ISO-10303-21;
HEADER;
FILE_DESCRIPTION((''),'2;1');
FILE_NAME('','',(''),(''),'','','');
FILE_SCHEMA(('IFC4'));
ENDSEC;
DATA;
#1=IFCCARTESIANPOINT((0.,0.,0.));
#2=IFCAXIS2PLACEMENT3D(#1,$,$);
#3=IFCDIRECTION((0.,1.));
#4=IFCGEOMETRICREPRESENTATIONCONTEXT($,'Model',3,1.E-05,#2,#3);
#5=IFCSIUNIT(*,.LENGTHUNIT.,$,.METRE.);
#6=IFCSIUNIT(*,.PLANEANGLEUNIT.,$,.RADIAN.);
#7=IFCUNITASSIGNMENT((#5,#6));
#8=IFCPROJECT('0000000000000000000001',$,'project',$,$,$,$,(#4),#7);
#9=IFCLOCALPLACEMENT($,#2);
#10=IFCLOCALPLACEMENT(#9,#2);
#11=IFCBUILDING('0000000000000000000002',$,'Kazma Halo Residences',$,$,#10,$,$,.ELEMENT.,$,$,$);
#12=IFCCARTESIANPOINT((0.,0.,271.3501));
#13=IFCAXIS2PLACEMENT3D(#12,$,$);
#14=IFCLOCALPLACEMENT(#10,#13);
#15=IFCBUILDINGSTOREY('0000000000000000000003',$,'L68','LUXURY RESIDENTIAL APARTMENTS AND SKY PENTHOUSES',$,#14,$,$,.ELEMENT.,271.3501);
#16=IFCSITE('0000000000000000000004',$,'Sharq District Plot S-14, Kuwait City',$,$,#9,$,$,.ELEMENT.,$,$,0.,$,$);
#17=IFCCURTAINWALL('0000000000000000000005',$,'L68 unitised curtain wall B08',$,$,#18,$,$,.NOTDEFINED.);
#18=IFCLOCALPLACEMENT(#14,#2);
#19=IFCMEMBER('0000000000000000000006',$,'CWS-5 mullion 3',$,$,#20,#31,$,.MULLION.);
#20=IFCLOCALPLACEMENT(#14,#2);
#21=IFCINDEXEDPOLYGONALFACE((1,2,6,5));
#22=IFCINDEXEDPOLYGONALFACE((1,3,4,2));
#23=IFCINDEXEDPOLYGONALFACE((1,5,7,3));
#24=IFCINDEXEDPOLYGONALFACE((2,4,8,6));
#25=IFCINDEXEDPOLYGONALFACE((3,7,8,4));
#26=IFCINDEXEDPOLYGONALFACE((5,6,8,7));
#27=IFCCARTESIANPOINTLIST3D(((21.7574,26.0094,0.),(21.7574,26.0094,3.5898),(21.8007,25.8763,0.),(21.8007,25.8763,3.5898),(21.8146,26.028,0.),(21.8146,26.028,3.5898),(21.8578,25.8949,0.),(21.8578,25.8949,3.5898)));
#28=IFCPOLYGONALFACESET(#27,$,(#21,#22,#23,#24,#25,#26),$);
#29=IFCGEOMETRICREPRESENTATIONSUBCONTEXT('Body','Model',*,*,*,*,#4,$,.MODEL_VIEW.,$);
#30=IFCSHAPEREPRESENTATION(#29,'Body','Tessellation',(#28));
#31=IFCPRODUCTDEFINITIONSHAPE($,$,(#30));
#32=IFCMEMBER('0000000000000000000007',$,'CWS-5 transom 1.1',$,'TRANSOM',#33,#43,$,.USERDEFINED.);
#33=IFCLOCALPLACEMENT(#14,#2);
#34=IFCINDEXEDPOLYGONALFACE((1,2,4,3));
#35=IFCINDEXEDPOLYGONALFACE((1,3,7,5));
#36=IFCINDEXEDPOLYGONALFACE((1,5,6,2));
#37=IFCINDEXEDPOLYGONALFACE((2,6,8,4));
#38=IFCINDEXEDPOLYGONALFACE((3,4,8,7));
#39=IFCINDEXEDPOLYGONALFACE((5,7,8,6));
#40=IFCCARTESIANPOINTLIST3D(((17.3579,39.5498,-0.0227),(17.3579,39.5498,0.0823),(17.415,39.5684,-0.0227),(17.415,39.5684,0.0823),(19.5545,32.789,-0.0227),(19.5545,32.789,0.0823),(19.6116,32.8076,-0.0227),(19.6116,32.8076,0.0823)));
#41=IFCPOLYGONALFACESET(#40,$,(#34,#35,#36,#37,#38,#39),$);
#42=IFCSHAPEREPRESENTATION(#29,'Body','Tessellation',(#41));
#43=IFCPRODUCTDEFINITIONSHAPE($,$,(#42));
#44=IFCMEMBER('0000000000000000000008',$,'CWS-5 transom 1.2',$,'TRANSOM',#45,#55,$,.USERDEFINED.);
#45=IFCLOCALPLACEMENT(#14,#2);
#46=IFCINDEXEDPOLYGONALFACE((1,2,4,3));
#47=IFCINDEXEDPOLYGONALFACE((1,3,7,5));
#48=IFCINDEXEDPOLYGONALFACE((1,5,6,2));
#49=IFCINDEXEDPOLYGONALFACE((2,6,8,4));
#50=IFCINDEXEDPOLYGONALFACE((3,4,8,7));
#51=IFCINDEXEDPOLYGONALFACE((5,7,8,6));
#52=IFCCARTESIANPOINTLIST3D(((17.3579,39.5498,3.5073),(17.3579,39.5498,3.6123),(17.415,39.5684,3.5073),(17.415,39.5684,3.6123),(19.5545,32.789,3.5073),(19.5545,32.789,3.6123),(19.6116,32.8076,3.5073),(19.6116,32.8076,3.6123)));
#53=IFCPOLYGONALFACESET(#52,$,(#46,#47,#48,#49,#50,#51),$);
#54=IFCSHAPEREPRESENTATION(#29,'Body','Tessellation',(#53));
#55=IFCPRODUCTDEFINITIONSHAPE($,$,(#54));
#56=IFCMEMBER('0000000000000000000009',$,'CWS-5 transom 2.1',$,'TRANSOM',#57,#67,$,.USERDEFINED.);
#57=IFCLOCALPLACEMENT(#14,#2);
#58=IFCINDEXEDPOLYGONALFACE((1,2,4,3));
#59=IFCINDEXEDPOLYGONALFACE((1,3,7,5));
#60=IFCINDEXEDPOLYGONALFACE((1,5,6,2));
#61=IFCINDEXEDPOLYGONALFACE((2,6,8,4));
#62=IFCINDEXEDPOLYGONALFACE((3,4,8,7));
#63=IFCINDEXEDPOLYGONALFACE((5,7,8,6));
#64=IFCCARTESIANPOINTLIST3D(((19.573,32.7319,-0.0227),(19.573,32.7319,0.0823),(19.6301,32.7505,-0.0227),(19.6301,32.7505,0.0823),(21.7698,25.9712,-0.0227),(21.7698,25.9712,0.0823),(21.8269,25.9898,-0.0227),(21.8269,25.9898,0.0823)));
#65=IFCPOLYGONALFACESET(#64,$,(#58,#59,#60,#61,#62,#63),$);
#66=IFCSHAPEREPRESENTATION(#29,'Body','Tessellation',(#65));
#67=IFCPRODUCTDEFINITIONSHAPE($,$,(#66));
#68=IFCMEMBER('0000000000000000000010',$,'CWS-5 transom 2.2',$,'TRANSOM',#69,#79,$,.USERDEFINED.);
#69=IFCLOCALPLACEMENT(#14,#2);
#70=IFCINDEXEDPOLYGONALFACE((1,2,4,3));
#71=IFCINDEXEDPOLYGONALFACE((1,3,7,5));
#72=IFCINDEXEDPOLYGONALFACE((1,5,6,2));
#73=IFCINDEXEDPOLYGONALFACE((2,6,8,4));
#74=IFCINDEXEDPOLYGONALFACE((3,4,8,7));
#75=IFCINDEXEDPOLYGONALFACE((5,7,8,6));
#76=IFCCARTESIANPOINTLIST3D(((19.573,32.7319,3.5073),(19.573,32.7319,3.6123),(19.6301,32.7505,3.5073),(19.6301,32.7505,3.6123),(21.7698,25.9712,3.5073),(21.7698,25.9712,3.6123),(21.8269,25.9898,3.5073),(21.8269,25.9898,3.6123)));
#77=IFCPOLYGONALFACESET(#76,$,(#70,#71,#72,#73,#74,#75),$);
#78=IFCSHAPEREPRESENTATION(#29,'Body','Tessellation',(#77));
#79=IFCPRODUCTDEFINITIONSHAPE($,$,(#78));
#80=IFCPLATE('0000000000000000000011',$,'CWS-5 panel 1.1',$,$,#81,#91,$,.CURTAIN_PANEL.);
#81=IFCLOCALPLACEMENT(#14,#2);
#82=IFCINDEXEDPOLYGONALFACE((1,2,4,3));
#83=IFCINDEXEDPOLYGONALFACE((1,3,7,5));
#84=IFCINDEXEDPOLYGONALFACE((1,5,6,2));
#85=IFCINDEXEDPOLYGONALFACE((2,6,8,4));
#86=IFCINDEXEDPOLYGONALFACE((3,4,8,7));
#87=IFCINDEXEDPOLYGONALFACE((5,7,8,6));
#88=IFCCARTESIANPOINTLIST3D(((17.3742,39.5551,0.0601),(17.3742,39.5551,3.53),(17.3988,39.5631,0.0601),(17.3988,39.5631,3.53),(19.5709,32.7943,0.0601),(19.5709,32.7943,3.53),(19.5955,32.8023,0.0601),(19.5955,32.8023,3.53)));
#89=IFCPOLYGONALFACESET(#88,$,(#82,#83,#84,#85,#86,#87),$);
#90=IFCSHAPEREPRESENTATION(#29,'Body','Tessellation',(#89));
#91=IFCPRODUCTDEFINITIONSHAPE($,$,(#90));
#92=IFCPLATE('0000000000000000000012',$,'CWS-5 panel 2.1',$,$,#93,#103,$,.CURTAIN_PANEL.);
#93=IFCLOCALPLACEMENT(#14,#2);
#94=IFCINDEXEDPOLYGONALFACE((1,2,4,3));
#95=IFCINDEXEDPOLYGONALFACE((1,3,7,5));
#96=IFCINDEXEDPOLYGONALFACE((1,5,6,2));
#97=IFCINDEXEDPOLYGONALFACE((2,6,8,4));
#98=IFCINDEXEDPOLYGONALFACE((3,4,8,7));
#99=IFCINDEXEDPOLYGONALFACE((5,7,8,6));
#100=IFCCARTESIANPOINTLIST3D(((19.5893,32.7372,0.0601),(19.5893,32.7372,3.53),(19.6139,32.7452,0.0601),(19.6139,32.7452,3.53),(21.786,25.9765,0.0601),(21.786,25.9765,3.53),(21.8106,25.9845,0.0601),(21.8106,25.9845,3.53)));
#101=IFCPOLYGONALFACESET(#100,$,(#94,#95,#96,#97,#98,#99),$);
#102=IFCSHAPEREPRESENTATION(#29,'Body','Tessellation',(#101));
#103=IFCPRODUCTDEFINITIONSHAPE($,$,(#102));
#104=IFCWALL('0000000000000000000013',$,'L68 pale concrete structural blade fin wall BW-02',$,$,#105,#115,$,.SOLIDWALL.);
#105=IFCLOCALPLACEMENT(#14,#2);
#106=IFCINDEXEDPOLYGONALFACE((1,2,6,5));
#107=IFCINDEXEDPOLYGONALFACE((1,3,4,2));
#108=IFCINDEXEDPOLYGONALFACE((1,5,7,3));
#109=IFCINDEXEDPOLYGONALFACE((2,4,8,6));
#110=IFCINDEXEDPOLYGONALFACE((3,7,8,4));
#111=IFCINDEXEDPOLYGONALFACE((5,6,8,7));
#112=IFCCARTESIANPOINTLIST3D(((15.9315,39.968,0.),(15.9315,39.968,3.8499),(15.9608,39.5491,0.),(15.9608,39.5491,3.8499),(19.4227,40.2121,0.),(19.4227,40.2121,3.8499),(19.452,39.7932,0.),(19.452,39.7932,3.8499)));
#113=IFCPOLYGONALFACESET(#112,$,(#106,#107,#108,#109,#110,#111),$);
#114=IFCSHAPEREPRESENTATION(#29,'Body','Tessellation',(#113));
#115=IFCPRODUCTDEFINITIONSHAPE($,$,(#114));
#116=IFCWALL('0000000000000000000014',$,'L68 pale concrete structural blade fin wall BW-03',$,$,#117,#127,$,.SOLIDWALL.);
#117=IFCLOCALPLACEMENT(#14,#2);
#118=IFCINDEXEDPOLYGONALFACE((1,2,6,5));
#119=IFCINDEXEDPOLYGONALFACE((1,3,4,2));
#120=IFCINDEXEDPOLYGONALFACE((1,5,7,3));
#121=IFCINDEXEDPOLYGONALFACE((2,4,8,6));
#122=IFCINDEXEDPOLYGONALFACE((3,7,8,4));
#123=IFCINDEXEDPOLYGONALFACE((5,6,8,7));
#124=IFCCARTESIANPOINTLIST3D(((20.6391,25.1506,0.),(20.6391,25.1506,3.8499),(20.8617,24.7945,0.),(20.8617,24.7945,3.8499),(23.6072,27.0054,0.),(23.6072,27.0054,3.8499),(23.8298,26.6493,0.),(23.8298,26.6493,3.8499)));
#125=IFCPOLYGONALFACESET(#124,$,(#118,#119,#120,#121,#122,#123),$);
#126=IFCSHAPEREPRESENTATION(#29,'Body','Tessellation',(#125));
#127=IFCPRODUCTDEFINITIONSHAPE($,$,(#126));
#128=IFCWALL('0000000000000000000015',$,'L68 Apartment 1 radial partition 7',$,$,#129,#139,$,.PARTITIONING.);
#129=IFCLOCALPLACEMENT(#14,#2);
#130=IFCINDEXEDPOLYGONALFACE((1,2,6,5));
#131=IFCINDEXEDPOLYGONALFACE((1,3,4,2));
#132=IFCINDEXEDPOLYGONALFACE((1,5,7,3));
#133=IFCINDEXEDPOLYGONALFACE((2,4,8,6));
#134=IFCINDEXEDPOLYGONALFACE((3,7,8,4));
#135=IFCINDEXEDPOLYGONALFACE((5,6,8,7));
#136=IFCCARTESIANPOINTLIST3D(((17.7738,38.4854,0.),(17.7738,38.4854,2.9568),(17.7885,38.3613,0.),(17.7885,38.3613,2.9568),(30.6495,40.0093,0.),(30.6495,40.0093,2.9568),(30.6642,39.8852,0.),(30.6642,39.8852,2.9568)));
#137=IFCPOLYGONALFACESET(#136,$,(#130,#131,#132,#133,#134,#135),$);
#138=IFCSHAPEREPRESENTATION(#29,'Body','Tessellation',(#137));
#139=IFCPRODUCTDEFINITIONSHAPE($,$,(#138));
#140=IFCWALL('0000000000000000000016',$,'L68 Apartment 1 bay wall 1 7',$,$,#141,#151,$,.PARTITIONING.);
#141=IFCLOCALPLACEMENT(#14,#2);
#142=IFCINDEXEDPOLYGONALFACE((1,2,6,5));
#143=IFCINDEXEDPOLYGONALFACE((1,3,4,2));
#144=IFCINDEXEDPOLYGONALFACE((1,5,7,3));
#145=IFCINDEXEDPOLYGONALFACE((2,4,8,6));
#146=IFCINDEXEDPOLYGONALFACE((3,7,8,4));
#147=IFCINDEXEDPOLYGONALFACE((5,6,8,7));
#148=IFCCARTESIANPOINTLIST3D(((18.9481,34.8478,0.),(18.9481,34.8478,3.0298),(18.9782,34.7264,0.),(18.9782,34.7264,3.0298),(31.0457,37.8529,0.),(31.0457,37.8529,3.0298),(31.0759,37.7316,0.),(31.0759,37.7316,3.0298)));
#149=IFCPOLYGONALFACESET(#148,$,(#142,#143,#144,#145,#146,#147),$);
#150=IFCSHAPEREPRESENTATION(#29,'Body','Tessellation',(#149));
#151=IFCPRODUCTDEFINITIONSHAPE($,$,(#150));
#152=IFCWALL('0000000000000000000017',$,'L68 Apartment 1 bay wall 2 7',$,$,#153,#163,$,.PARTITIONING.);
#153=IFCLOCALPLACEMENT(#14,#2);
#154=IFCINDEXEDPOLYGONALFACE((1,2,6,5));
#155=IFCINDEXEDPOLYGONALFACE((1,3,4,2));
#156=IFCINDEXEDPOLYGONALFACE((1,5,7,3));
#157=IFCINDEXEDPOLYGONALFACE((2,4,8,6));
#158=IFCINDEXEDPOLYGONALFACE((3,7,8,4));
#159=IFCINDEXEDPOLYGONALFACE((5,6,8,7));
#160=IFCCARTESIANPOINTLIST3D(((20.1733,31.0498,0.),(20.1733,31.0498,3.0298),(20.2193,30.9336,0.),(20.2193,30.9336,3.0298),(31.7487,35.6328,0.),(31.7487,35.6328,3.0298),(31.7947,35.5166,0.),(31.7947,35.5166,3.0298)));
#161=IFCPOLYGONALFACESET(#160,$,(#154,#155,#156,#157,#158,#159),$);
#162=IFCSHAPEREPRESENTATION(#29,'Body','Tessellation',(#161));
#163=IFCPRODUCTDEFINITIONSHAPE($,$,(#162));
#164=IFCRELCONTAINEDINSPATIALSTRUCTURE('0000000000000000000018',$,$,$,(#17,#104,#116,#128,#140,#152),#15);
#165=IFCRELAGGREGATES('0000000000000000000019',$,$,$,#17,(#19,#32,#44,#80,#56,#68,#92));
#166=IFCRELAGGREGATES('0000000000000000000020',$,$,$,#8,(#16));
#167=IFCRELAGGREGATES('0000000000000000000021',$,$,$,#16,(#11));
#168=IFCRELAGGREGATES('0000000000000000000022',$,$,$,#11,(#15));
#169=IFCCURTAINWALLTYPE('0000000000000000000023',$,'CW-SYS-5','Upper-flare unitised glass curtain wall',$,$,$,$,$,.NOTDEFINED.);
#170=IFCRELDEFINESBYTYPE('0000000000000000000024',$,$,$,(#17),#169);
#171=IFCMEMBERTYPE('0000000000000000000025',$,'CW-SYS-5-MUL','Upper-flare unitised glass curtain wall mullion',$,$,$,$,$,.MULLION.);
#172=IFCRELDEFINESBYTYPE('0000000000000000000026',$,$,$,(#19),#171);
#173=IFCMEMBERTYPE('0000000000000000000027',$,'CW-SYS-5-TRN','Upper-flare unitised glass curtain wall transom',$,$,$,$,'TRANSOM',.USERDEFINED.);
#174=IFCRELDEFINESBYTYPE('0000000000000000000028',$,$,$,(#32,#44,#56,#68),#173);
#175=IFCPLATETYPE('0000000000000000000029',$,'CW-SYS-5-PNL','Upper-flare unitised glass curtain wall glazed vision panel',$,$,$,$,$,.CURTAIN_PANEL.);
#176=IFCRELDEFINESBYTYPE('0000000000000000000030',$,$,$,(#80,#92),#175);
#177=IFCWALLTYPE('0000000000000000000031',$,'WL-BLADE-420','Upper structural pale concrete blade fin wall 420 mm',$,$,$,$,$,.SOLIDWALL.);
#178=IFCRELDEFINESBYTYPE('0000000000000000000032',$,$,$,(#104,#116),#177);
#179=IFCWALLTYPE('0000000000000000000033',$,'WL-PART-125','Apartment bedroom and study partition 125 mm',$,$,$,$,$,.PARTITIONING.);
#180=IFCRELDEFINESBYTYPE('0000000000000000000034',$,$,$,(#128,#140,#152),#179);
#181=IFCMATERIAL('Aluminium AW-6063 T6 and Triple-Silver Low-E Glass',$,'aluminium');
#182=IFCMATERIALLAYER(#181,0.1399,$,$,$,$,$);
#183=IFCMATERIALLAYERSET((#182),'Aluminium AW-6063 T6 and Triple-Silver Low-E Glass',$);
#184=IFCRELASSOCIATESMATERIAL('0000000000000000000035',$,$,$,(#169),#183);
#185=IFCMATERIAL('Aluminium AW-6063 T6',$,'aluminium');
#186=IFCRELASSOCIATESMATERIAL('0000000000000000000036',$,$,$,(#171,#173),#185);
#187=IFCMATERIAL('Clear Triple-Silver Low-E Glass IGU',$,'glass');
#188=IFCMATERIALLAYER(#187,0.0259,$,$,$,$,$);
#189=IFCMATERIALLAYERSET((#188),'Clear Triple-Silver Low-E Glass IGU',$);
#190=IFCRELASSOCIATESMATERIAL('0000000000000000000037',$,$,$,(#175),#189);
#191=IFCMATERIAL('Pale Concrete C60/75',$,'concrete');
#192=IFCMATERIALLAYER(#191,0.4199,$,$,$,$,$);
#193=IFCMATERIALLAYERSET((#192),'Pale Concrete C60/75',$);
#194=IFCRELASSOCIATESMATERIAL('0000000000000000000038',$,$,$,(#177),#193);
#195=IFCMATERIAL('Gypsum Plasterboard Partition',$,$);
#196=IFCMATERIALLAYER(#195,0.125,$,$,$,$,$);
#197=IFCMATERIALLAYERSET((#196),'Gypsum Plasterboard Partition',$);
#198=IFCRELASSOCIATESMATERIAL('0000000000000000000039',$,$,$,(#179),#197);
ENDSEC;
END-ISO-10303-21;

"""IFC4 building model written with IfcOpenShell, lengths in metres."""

from ifc_helpers import new_model, si_unit, direction, frame, frame_2d, origin, origin_2d, place, context, subcontext, project, spatial, rectangle, extrude, material, layer, layer_set, material_profile, profile_set, type_object, element, aggregate, save


model = new_model("IFC4")

# Units and contexts
model_context = context("Model", 3, precision=1e-05, world=origin(), true_north=direction((0.0, 1.0)))
body_context = subcontext(model_context, "Body", "Model", "MODEL_VIEW")
ifc_project = project(units=[si_unit("LENGTHUNIT", "METRE"), si_unit("PLANEANGLEUNIT", "RADIAN")], contexts=[model_context])

# Site, building, storey
site_placement = place(None, origin())
site = spatial("IfcSite", under=ifc_project, at=site_placement, Name="Sharq District Plot S-14, Kuwait City", CompositionType="ELEMENT", RefElevation=0.0)
building_placement = place(site_placement, origin())
building = spatial("IfcBuilding", under=site, at=building_placement, Name="Kazma Halo Residences", CompositionType="ELEMENT")
storey_placement = place(building_placement, frame((0.0, 0.0, 271.3501)))
storey = spatial("IfcBuildingStorey", under=building, at=storey_placement, Name="L68", Description="LUXURY RESIDENTIAL APARTMENTS AND SKY PENTHOUSES", CompositionType="ELEMENT", Elevation=271.3501)

# Shared definitions
ifc_material_1 = material(Name="Aluminium AW-6063 T6 and Triple-Silver Low-E Glass", Category="aluminium")
ifc_layer_1 = layer(ifc_material_1, 0.1399)
ifc_layer_set_1 = layer_set([ifc_layer_1], Name="Aluminium AW-6063 T6 and Triple-Silver Low-E Glass")
curtain_wall_type = type_object("IfcCurtainWallType", Name="CW-SYS-5", Description="Upper-flare unitised glass curtain wall", PredefinedType="NOTDEFINED", material=ifc_layer_set_1)
ifc_material_2 = material(Name="Aluminium AW-6063 T6", Category="aluminium")
ifc_material_profile_1 = material_profile(ifc_material_2, rectangle(XDim=0.0601, YDim=0.1399, at=origin_2d()), Name="CWM-60x140")
ifc_profile_set_1 = profile_set([ifc_material_profile_1], Name="Aluminium AW-6063 T6")
member_type_1 = type_object("IfcMemberType", Name="CW-SYS-5-MUL", Description="Upper-flare unitised glass curtain wall mullion", PredefinedType="MULLION", material=ifc_profile_set_1)

# Curtain wall, members, plates
curtain_wall_1_placement = place(storey_placement, origin())
curtain_wall_1 = element("IfcCurtainWall", 1, at=curtain_wall_1_placement, inside=storey, type_object=curtain_wall_type, Name="L68 unitised curtain wall B08", PredefinedType="NOTDEFINED")
member_1_placement = place(storey_placement, frame((21.8076, 25.9521, 0.0), z_axis=(0.0, 0.0, 1.0), x_axis=(0.951058, 0.309011, 0.0)))
member_1 = element("IfcMember", 2, at=member_1_placement, type_object=member_type_1, Name="CWS-5 mullion 3", PredefinedType="MULLION", context=body_context, shape_type="SweptSolid", body=[
    extrude(rectangle(XDim=0.0601, YDim=0.1399, at=origin_2d()), origin(), (0.0, 0.0, 1.0), 3.5898),
])
ifc_material_profile_2 = material_profile(ifc_material_2, rectangle(XDim=0.0601, YDim=0.105, at=origin_2d()), Name="CWT-60x105")
ifc_profile_set_2 = profile_set([ifc_material_profile_2], Name="Aluminium AW-6063 T6")
member_type_2 = type_object("IfcMemberType", Name="CW-SYS-5-TRN", Description="Upper-flare unitised glass curtain wall transom", ElementType="TRANSOM", PredefinedType="USERDEFINED", material=ifc_profile_set_2)
member_2_placement = place(storey_placement, frame((17.3865, 39.5591, 0.0298), z_axis=(0.308996, -0.951063, 0.0), x_axis=(0.951063, 0.308996, 0.0)))
member_2 = element("IfcMember", 3, at=member_2_placement, type_object=member_type_2, Name="CWS-5 transom 1.1", ObjectType="TRANSOM", PredefinedType="USERDEFINED", context=body_context, shape_type="SweptSolid", body=[
    extrude(rectangle(XDim=0.0601, YDim=0.105, at=origin_2d()), origin(), (0.0, 0.0, 1.0), 7.1086),
])
member_3_placement = place(storey_placement, frame((17.3865, 39.5591, 3.5598), z_axis=(0.308996, -0.951063, 0.0), x_axis=(0.951063, 0.308996, 0.0)))
member_3 = element("IfcMember", 4, at=member_3_placement, type_object=member_type_2, Name="CWS-5 transom 1.2", ObjectType="TRANSOM", PredefinedType="USERDEFINED", context=body_context, shape_type="SweptSolid", body=[
    extrude(rectangle(XDim=0.0601, YDim=0.105, at=origin_2d()), origin(), (0.0, 0.0, 1.0), 7.1086),
])
member_4_placement = place(storey_placement, frame((19.6016, 32.7412, 0.0298), z_axis=(0.309027, -0.951053, 0.0), x_axis=(0.951053, 0.309027, 0.0)))
member_4 = element("IfcMember", 5, at=member_4_placement, type_object=member_type_2, Name="CWS-5 transom 2.1", ObjectType="TRANSOM", PredefinedType="USERDEFINED", context=body_context, shape_type="SweptSolid", body=[
    extrude(rectangle(XDim=0.0601, YDim=0.105, at=origin_2d()), origin(), (0.0, 0.0, 1.0), 7.1086),
])
member_5_placement = place(storey_placement, frame((19.6016, 32.7412, 3.5598), z_axis=(0.309027, -0.951053, 0.0), x_axis=(0.951053, 0.309027, 0.0)))
member_5 = element("IfcMember", 6, at=member_5_placement, type_object=member_type_2, Name="CWS-5 transom 2.2", ObjectType="TRANSOM", PredefinedType="USERDEFINED", context=body_context, shape_type="SweptSolid", body=[
    extrude(rectangle(XDim=0.0601, YDim=0.105, at=origin_2d()), origin(), (0.0, 0.0, 1.0), 7.1086),
])
ifc_material_3 = material(Name="Clear Triple-Silver Low-E Glass IGU", Category="glass")
ifc_layer_2 = layer(ifc_material_3, 0.0259)
ifc_layer_set_2 = layer_set([ifc_layer_2], Name="Clear Triple-Silver Low-E Glass IGU")
plate_type = type_object("IfcPlateType", Name="CW-SYS-5-PNL", Description="Upper-flare unitised glass curtain wall glazed vision panel", PredefinedType="CURTAIN_PANEL", material=ifc_layer_set_2)
plate_1_placement = place(storey_placement, frame((18.4849, 36.1787, 0.0601), z_axis=(0.0, 0.0, 1.0), x_axis=(0.309011, -0.951058, 0.0)))
plate_1 = element("IfcPlate", 7, at=plate_1_placement, type_object=plate_type, Name="CWS-5 panel 1.1", PredefinedType="CURTAIN_PANEL", context=body_context, shape_type="SweptSolid", body=[
    extrude(rectangle(XDim=7.1086, YDim=0.0259, at=origin_2d()), origin(), (0.0, 0.0, 1.0), 3.47),
])
plate_2_placement = place(storey_placement, frame((20.7, 29.3608, 0.0601), z_axis=(0.0, 0.0, 1.0), x_axis=(0.309011, -0.951058, 0.0)))
plate_2 = element("IfcPlate", 8, at=plate_2_placement, type_object=plate_type, Name="CWS-5 panel 2.1", PredefinedType="CURTAIN_PANEL", context=body_context, shape_type="SweptSolid", body=[
    extrude(rectangle(XDim=7.1086, YDim=0.0259, at=origin_2d()), origin(), (0.0, 0.0, 1.0), 3.47),
])
aggregate(curtain_wall_1, [member_1, member_2, member_3, plate_1, member_4, member_5, plate_2])

# Walls
ifc_material_4 = material(Name="Pale Concrete C60/75", Category="concrete")
ifc_layer_3 = layer(ifc_material_4, 0.4199)
ifc_layer_set_3 = layer_set([ifc_layer_3], Name="Pale Concrete C60/75")
wall_type_1 = type_object("IfcWallType", Name="WL-BLADE-420", Description="Upper structural pale concrete blade fin wall 420 mm", PredefinedType="SOLIDWALL", material=ifc_layer_set_3)
wall_1_placement = place(storey_placement, frame((19.4375, 40.0027, 0.0), z_axis=(0.0, 0.0, 1.0), x_axis=(-0.997564, -0.06976, 0.0)))
element("IfcWall", 9, at=wall_1_placement, inside=storey, type_object=wall_type_1, Name="L68 pale concrete structural blade fin wall BW-02", PredefinedType="SOLIDWALL", context=body_context, shape_type="SweptSolid", body=[
    extrude(rectangle(XDim=3.4998, YDim=0.4199, at=frame_2d((1.75, 0.0))), origin(), (0.0, 0.0, 1.0), 3.8499),
])
wall_2_placement = place(storey_placement, frame((23.7185, 26.8274, 0.0), z_axis=(0.0, 0.0, 1.0), x_axis=(-0.848034, -0.529943, 0.0)))
element("IfcWall", 10, at=wall_2_placement, inside=storey, type_object=wall_type_1, Name="L68 pale concrete structural blade fin wall BW-03", PredefinedType="SOLIDWALL", context=body_context, shape_type="SweptSolid", body=[
    extrude(rectangle(XDim=3.5, YDim=0.4199, at=frame_2d((1.75, 0.0))), origin(), (0.0, 0.0, 1.0), 3.8499),
])
ifc_material_5 = material(Name="Gypsum Plasterboard Partition")
ifc_layer_4 = layer(ifc_material_5, 0.125)
ifc_layer_set_4 = layer_set([ifc_layer_4], Name="Gypsum Plasterboard Partition")
wall_type_2 = type_object("IfcWallType", Name="WL-PART-125", Description="Apartment bedroom and study partition 125 mm", PredefinedType="PARTITIONING", material=ifc_layer_set_4)
wall_3_placement = place(storey_placement, frame((30.657, 39.9473, 0.0), z_axis=(0.0, 0.0, 1.0), x_axis=(-0.993069, -0.117536, 0.0)))
element("IfcWall", 11, at=wall_3_placement, inside=storey, type_object=wall_type_2, Name="L68 Apartment 1 radial partition 7", PredefinedType="PARTITIONING", context=body_context, shape_type="SweptSolid", body=[
    extrude(rectangle(XDim=12.9656, YDim=0.125, at=frame_2d((6.4829, 0.0))), origin(), (0.0, 0.0, 1.0), 2.9568),
])
wall_4_placement = place(storey_placement, frame((31.0608, 37.7922, 0.0), z_axis=(0.0, 0.0, 1.0), x_axis=(-0.970505, -0.241079, 0.0)))
element("IfcWall", 12, at=wall_4_placement, inside=storey, type_object=wall_type_2, Name="L68 Apartment 1 bay wall 1 7", PredefinedType="PARTITIONING", context=body_context, shape_type="SweptSolid", body=[
    extrude(rectangle(XDim=12.4653, YDim=0.125, at=frame_2d((6.2327, 0.0))), origin(), (0.0, 0.0, 1.0), 3.0298),
])
wall_5_placement = place(storey_placement, frame((31.7717, 35.5747, 0.0), z_axis=(0.0, 0.0, 1.0), x_axis=(-0.929777, -0.368122, 0.0)))
element("IfcWall", 13, at=wall_5_placement, inside=storey, type_object=wall_type_2, Name="L68 Apartment 1 bay wall 2 7", PredefinedType="PARTITIONING", context=body_context, shape_type="SweptSolid", body=[
    extrude(rectangle(XDim=12.4497, YDim=0.125, at=frame_2d((6.2249, 0.0))), origin(), (0.0, 0.0, 1.0), 3.0298),
])

save(model, "model.ifc")
